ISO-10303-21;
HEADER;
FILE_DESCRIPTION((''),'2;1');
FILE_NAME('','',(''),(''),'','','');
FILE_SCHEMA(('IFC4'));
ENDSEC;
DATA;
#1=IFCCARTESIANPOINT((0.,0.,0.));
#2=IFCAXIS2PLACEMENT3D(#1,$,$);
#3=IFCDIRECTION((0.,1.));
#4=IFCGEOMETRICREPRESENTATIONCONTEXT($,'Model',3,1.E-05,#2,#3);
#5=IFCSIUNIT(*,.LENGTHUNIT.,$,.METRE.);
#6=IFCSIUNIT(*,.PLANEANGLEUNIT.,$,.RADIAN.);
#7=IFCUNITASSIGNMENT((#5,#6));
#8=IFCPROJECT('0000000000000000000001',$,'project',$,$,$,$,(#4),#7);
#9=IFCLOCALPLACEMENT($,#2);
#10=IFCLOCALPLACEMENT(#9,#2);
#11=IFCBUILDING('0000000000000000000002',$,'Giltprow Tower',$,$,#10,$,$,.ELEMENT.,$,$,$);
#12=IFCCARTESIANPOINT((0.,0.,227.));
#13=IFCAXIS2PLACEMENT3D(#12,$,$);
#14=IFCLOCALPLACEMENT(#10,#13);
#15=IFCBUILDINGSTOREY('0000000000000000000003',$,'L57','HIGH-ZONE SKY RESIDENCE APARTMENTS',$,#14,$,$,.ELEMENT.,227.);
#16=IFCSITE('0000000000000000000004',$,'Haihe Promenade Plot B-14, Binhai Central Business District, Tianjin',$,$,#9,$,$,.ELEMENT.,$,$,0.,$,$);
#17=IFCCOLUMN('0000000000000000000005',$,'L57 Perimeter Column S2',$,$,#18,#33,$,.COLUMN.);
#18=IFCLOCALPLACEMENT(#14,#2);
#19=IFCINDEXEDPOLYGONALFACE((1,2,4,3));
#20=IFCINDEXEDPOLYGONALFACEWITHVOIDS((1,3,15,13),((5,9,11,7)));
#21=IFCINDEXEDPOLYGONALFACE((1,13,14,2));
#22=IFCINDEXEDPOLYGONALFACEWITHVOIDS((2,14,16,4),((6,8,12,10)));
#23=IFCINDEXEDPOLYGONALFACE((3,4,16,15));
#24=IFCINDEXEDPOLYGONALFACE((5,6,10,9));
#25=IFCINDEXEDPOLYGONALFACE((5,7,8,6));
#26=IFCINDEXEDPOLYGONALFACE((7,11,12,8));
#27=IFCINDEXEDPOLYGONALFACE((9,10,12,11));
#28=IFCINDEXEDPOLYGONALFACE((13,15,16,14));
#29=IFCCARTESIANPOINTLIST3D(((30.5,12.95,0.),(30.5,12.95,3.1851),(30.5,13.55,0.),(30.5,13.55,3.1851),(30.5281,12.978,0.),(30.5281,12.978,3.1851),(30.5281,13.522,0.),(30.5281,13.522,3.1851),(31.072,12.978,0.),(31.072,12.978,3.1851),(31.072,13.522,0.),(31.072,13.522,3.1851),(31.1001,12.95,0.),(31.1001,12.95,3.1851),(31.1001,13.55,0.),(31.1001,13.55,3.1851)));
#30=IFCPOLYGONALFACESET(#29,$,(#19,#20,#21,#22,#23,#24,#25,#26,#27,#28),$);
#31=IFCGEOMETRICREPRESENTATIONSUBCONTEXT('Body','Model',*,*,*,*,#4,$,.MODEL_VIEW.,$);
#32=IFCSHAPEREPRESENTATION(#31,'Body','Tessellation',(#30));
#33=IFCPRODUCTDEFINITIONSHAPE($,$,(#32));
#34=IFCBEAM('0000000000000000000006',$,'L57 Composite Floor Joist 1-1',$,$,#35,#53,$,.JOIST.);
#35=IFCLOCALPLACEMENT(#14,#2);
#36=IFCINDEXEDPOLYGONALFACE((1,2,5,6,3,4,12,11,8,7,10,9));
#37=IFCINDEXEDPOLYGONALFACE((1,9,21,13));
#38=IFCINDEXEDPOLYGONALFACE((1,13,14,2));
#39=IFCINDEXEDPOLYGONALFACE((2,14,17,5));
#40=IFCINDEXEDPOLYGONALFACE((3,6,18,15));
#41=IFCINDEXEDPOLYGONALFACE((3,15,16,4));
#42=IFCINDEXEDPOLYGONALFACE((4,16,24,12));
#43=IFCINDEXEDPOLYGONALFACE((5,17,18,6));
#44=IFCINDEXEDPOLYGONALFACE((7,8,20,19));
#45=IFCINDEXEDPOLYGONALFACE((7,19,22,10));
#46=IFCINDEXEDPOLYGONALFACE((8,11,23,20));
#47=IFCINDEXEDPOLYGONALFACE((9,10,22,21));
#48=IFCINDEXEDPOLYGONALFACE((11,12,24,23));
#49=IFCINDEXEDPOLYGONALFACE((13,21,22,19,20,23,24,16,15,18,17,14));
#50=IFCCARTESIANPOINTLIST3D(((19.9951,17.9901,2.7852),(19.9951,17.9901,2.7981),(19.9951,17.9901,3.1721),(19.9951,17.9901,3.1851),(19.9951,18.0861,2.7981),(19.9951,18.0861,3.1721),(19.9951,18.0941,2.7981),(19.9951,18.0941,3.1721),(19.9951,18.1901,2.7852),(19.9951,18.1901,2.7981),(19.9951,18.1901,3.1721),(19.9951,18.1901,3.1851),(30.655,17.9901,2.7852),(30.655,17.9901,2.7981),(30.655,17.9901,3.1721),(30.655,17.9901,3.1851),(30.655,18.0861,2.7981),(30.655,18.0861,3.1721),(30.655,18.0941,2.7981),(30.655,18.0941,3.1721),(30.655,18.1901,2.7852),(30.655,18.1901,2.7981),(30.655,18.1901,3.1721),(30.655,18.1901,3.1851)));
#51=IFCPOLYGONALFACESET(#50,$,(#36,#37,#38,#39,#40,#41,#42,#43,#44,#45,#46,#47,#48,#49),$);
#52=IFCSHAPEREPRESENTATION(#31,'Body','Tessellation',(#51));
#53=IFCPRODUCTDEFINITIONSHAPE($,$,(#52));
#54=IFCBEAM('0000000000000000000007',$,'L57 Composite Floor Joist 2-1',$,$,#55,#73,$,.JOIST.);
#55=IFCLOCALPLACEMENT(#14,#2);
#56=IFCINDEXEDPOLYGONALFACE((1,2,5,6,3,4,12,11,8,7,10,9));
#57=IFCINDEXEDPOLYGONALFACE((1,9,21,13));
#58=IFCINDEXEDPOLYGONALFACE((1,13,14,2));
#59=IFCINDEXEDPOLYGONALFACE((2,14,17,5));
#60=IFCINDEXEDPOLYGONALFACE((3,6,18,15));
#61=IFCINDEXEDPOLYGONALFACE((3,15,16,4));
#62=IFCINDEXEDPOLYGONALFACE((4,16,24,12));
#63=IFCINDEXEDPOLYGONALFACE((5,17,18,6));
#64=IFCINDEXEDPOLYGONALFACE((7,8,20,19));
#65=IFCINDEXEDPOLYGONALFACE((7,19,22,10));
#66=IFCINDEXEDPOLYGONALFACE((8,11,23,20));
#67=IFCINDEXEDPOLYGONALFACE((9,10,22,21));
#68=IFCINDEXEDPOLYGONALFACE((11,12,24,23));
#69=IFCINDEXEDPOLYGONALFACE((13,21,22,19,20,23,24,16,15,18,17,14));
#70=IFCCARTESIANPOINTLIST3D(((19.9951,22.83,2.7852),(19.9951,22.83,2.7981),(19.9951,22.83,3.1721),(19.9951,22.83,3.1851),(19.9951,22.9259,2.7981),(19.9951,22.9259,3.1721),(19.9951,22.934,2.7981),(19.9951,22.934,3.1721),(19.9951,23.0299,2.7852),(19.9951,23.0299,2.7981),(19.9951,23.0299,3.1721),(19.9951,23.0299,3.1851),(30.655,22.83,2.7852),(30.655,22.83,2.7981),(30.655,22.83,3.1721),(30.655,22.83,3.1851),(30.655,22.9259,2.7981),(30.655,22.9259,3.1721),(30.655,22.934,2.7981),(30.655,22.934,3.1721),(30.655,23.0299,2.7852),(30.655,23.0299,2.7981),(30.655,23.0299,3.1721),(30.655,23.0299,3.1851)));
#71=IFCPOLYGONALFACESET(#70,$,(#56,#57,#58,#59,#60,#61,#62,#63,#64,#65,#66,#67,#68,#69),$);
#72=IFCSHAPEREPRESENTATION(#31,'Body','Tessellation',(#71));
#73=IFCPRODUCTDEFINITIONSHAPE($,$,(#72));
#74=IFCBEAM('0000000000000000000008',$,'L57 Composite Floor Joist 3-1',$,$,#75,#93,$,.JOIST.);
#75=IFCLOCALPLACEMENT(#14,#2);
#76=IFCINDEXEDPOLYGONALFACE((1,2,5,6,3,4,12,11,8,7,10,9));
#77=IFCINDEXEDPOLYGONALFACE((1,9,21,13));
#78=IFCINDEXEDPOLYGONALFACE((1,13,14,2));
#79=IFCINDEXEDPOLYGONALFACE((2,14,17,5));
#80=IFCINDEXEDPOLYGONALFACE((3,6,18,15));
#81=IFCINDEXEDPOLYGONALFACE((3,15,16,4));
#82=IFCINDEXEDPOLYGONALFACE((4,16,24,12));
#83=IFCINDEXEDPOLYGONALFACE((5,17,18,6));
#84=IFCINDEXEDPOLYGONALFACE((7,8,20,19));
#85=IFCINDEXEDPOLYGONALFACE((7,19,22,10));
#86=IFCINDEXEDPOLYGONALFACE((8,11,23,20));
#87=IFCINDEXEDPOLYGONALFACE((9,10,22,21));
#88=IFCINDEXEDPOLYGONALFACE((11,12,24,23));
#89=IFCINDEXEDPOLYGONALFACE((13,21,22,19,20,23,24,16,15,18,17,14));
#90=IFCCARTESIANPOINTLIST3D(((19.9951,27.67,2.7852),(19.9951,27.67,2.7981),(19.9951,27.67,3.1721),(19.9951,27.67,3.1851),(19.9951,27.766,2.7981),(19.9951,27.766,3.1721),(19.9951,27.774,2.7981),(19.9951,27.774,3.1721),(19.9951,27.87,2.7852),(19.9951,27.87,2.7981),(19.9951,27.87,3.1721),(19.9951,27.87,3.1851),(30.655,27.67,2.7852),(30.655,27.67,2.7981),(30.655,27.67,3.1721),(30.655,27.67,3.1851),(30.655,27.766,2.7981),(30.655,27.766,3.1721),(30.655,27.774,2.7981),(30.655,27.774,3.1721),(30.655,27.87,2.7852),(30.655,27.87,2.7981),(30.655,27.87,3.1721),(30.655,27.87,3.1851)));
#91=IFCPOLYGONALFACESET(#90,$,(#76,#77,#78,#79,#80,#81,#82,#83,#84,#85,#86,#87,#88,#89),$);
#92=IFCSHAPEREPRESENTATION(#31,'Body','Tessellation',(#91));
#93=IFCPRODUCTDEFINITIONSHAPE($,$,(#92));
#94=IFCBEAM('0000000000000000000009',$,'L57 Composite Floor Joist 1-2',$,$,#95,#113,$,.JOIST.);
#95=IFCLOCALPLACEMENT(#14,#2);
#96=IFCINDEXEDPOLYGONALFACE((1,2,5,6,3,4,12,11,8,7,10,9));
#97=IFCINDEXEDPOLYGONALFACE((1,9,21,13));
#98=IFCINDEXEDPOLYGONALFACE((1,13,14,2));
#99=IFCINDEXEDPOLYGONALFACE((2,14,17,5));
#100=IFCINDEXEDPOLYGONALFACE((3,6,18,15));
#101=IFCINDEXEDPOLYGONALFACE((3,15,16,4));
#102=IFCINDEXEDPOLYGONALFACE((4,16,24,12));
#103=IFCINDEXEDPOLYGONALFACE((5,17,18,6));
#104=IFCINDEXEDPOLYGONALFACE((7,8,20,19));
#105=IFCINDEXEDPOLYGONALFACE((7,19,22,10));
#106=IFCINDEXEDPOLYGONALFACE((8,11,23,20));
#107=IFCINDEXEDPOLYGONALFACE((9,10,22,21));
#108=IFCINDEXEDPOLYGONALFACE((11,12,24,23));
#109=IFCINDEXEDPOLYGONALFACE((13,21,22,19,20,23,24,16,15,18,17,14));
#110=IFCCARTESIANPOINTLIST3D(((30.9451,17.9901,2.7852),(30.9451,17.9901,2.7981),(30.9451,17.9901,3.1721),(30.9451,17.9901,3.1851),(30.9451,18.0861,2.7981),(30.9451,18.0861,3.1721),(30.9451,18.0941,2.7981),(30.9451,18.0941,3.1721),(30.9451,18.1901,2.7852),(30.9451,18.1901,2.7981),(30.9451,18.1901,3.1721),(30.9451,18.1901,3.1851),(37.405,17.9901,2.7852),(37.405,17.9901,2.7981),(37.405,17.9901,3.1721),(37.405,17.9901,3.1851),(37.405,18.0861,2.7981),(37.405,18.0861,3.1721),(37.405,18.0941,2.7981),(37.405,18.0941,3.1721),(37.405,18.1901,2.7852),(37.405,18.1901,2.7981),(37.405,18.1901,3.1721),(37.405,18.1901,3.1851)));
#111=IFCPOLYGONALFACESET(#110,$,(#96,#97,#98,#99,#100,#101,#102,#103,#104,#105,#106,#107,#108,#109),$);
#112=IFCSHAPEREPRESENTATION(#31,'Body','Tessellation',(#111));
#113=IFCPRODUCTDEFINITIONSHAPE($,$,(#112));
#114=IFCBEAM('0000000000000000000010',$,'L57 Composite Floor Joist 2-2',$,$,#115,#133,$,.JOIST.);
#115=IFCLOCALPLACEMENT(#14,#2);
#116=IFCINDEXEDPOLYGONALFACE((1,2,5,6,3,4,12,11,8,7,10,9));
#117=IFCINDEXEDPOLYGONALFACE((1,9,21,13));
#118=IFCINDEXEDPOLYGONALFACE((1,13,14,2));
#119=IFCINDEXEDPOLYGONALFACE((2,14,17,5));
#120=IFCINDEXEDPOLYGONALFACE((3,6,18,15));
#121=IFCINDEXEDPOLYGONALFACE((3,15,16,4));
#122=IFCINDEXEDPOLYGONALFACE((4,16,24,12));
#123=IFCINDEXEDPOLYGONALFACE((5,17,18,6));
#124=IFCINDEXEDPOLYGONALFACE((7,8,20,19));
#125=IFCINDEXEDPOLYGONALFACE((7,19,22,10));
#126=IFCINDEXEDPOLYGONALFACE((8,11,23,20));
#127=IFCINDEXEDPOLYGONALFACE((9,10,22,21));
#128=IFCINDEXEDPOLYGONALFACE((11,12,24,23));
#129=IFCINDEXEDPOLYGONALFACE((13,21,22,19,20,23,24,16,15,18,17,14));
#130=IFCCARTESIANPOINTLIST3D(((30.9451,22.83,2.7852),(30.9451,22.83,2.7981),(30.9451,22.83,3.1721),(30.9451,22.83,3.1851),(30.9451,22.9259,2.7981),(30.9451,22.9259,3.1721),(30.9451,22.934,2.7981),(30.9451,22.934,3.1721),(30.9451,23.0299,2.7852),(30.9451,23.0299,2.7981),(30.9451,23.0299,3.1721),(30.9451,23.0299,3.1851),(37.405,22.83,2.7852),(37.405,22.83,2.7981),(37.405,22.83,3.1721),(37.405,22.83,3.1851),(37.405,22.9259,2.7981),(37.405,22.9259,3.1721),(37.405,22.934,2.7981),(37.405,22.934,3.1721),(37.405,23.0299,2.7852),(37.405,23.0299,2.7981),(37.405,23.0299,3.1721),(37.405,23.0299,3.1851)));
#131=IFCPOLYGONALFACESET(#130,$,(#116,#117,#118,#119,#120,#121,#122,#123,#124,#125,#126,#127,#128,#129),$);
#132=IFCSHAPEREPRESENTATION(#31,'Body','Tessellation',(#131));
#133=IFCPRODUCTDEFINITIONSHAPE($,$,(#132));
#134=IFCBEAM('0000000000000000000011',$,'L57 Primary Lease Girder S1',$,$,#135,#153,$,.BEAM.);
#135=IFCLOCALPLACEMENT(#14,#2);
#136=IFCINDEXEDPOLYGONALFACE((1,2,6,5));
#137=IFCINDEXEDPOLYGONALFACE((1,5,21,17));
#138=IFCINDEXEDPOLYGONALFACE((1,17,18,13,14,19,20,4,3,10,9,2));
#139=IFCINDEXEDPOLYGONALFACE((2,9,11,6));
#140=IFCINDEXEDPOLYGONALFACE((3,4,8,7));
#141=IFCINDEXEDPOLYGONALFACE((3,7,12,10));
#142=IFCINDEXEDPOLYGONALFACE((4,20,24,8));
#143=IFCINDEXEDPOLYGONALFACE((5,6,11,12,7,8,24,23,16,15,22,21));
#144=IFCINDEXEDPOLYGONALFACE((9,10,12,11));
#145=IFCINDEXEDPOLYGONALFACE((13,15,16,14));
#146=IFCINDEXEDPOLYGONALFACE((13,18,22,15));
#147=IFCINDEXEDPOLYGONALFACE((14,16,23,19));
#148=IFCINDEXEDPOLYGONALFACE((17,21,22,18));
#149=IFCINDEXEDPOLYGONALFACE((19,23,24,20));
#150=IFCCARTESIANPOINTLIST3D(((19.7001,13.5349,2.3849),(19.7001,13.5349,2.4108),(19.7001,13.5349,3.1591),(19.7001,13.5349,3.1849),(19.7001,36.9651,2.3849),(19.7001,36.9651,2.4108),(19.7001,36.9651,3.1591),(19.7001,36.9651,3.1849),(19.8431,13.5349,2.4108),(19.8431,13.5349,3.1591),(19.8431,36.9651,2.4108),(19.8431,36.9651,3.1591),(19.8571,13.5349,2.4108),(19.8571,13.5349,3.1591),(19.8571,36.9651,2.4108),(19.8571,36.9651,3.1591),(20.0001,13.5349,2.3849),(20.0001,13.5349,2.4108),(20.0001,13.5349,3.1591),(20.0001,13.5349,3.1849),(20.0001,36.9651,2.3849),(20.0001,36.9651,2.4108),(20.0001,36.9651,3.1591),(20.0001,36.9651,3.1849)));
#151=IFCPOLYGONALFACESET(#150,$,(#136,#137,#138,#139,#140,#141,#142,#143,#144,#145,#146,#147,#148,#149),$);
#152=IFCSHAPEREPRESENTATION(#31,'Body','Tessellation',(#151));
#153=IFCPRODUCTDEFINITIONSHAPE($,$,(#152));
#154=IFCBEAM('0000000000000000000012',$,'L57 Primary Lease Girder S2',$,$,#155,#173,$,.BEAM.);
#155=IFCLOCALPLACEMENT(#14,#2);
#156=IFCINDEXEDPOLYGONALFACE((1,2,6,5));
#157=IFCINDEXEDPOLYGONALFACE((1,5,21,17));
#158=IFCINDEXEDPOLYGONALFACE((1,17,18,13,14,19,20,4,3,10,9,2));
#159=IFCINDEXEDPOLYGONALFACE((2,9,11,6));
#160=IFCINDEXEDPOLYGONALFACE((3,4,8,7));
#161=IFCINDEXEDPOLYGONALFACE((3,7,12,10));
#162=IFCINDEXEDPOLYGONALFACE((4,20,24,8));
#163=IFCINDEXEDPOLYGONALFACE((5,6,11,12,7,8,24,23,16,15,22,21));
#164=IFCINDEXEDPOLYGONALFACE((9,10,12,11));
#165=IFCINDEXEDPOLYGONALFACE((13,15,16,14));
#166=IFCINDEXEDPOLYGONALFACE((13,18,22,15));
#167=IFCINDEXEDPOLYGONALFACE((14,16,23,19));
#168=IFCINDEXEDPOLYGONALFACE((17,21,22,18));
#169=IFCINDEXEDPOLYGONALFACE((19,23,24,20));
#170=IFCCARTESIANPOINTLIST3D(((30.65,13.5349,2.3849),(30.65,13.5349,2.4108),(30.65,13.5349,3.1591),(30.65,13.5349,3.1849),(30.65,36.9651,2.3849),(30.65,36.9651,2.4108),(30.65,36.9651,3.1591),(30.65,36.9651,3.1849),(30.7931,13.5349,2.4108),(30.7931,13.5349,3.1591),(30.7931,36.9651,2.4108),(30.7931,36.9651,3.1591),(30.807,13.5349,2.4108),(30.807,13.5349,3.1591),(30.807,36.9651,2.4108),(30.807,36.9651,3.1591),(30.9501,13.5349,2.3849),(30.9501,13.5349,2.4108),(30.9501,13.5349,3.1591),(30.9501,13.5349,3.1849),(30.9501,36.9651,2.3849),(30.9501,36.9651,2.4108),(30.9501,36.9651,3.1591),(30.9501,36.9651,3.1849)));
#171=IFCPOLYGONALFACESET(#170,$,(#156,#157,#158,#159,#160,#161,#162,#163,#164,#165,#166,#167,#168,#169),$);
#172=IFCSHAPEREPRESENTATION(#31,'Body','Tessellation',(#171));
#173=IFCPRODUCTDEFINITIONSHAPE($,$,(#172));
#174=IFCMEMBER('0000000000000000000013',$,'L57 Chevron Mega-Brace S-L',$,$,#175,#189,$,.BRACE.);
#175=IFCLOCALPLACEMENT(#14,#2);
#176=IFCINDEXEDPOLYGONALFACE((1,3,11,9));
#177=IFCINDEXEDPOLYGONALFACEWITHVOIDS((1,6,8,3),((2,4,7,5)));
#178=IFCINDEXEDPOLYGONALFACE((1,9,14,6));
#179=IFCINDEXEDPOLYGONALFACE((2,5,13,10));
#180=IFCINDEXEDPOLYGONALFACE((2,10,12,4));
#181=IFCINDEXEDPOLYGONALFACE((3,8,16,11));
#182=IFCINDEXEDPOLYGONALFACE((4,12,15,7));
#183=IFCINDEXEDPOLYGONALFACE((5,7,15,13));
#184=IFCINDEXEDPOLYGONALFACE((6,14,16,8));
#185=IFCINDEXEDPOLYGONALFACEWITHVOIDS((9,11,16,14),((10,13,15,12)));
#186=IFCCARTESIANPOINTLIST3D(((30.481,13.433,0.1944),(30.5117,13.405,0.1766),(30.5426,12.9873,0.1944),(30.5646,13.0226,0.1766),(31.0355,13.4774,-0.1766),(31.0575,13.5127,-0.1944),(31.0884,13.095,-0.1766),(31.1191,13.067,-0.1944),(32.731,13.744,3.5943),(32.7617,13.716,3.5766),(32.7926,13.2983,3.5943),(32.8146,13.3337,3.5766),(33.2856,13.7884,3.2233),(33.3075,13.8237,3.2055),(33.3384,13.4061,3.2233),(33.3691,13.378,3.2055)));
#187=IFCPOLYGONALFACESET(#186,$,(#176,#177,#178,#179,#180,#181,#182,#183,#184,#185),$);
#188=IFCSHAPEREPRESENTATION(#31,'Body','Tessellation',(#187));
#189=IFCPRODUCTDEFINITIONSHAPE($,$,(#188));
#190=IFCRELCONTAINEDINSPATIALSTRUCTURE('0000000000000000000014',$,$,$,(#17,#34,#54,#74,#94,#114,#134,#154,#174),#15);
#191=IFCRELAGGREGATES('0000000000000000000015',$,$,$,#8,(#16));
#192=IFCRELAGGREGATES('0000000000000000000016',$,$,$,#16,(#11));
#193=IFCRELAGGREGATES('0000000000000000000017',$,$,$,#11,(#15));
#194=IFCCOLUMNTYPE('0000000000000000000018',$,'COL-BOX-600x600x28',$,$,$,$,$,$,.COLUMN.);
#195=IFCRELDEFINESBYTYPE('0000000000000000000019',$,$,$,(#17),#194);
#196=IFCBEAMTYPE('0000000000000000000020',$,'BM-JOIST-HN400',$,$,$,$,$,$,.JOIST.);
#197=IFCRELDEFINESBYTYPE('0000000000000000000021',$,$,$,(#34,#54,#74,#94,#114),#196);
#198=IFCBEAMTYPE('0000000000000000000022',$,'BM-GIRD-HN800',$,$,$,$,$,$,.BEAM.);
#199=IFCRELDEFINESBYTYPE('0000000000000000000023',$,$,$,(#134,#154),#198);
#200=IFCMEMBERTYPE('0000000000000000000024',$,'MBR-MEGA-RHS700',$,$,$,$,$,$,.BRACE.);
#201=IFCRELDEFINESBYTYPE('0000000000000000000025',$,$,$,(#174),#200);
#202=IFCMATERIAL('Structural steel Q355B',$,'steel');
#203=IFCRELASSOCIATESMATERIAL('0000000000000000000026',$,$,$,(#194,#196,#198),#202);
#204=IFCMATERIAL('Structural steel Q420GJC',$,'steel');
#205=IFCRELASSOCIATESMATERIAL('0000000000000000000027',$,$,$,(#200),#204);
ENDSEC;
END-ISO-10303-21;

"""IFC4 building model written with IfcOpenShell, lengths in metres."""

from ifc_helpers import new_model, si_unit, direction, frame, origin, origin_2d, place, context, subcontext, project, spatial, hollow_rectangle, i_section, extrude, source, transform, mapped, material, material_profile, profile_set, type_object, element, save


model = new_model("IFC4")

# Units and contexts
model_context = context("Model", 3, precision=1e-05, world=origin(), true_north=direction((0.0, 1.0)))
body_context = subcontext(model_context, "Body", "Model", "MODEL_VIEW")
ifc_project = project(units=[si_unit("LENGTHUNIT", "METRE"), si_unit("PLANEANGLEUNIT", "RADIAN")], contexts=[model_context])

# Site, building, storey
site_placement = place(None, origin())
site = spatial("IfcSite", under=ifc_project, at=site_placement, Name="Haihe Promenade Plot B-14, Binhai Central Business District, Tianjin", CompositionType="ELEMENT", RefElevation=0.0)
building_placement = place(site_placement, origin())
building = spatial("IfcBuilding", under=site, at=building_placement, Name="Giltprow Tower", CompositionType="ELEMENT")
storey_placement = place(building_placement, frame((0.0, 0.0, 227.0)))
storey = spatial("IfcBuildingStorey", under=building, at=storey_placement, Name="L57", Description="HIGH-ZONE SKY RESIDENCE APARTMENTS", CompositionType="ELEMENT", Elevation=227.0)

# Column
ifc_material_1 = material(Name="Structural steel Q355B", Category="steel")
ifc_material_profile_1 = material_profile(ifc_material_1, hollow_rectangle(XDim=0.6001, YDim=0.6001, WallThickness=0.0281, at=origin_2d()), Name="BOX 600x600x28")
ifc_profile_set_1 = profile_set([ifc_material_profile_1], Name="Structural steel Q355B")
column_type = type_object("IfcColumnType", Name="COL-BOX-600x600x28", PredefinedType="COLUMN", material=ifc_profile_set_1)
shared_shape_1 = source(origin(), body_context, "Body", "SweptSolid", [
    extrude(hollow_rectangle(XDim=0.6001, YDim=0.6001, WallThickness=0.0281, at=origin_2d()), origin(), (0.0, 0.0, 1.0), 3.1851),
])
column_placement = place(storey_placement, frame((30.8, 13.25, 0.0), z_axis=(0.0, 0.0, 1.0), x_axis=(1.0, 0.0, 0.0)))
element("IfcColumn", 1, at=column_placement, inside=storey, type_object=column_type, Name="L57 Perimeter Column S2", PredefinedType="COLUMN", context=body_context, shape_type="MappedRepresentation", body=[
    mapped(shared_shape_1, transform((0.0, 0.0, 0.0), x_axis=(1.0, 0.0, 0.0), y_axis=(0.0, 1.0, 0.0), z_axis=(0.0, 0.0, 1.0), scale=1.0)),
])

# Beams
ifc_material_profile_2 = material_profile(ifc_material_1, i_section(OverallWidth=0.2, OverallDepth=0.3999, WebThickness=0.0081, FlangeThickness=0.0129, at=origin_2d()), Name="HN 400x200x8x13")
ifc_profile_set_2 = profile_set([ifc_material_profile_2], Name="Structural steel Q355B")
beam_type_1 = type_object("IfcBeamType", Name="BM-JOIST-HN400", PredefinedType="JOIST", material=ifc_profile_set_2)
shared_shape_2 = source(origin(), body_context, "Body", "SweptSolid", [
    extrude(i_section(OverallWidth=0.2, OverallDepth=0.3999, WebThickness=0.0081, FlangeThickness=0.0129, at=origin_2d()), origin(), (0.0, 0.0, 1.0), 10.6599),
])
for number, where, z_axis, x_axis, name in (
    (2, (19.9951, 18.0901, 2.9851), (1.0, 0.0, 0.0), (0.0, 1.0, 0.0), "L57 Composite Floor Joist 1-1"),
    (3, (19.9951, 22.9299, 2.9851), (1.0, 0.0, 0.0), (0.0, 1.0, 0.0), "L57 Composite Floor Joist 2-1"),
    (4, (19.9951, 27.77, 2.9851), (1.0, 0.0, 0.0), (0.0, 1.0, 0.0), "L57 Composite Floor Joist 3-1"),
):
    element("IfcBeam", number, at=place(storey_placement, frame(where, z_axis=z_axis, x_axis=x_axis)), inside=storey, type_object=beam_type_1, Name=name, PredefinedType="JOIST", context=body_context, shape_type="MappedRepresentation", body=[
        mapped(shared_shape_2, transform((0.0, 0.0, 0.0), x_axis=(1.0, 0.0, 0.0), y_axis=(0.0, 1.0, 0.0), z_axis=(0.0, 0.0, 1.0), scale=1.0)),
    ])
shared_shape_3 = source(origin(), body_context, "Body", "SweptSolid", [
    extrude(i_section(OverallWidth=0.2, OverallDepth=0.3999, WebThickness=0.0081, FlangeThickness=0.0129, at=origin_2d()), origin(), (0.0, 0.0, 1.0), 6.46),
])
for number, where, z_axis, x_axis, name in (
    (5, (30.9451, 18.0901, 2.9851), (1.0, 0.0, 0.0), (0.0, 1.0, 0.0), "L57 Composite Floor Joist 1-2"),
    (6, (30.9451, 22.9299, 2.9851), (1.0, 0.0, 0.0), (0.0, 1.0, 0.0), "L57 Composite Floor Joist 2-2"),
):
    element("IfcBeam", number, at=place(storey_placement, frame(where, z_axis=z_axis, x_axis=x_axis)), inside=storey, type_object=beam_type_1, Name=name, PredefinedType="JOIST", context=body_context, shape_type="MappedRepresentation", body=[
        mapped(shared_shape_3, transform((0.0, 0.0, 0.0), x_axis=(1.0, 0.0, 0.0), y_axis=(0.0, 1.0, 0.0), z_axis=(0.0, 0.0, 1.0), scale=1.0)),
    ])
ifc_material_profile_3 = material_profile(ifc_material_1, i_section(OverallWidth=0.3, OverallDepth=0.8, WebThickness=0.0139, FlangeThickness=0.0259, at=origin_2d()), Name="HN 800x300x14x26")
ifc_profile_set_3 = profile_set([ifc_material_profile_3], Name="Structural steel Q355B")
beam_type_2 = type_object("IfcBeamType", Name="BM-GIRD-HN800", PredefinedType="BEAM", material=ifc_profile_set_3)
shared_shape_4 = source(origin(), body_context, "Body", "SweptSolid", [
    extrude(i_section(OverallWidth=0.3, OverallDepth=0.8, WebThickness=0.0139, FlangeThickness=0.0259, at=origin_2d()), origin(), (0.0, 0.0, 1.0), 23.4302),
])
for number, where, z_axis, x_axis, name in (
    (7, (19.8501, 13.5349, 2.7849), (0.0, 1.0, 0.0), (-1.0, 0.0, 0.0), "L57 Primary Lease Girder S1"),
    (8, (30.8, 13.5349, 2.7849), (0.0, 1.0, 0.0), (-1.0, 0.0, 0.0), "L57 Primary Lease Girder S2"),
):
    element("IfcBeam", number, at=place(storey_placement, frame(where, z_axis=z_axis, x_axis=x_axis)), inside=storey, type_object=beam_type_2, Name=name, PredefinedType="BEAM", context=body_context, shape_type="MappedRepresentation", body=[
        mapped(shared_shape_4, transform((0.0, 0.0, 0.0), x_axis=(1.0, 0.0, 0.0), y_axis=(0.0, 1.0, 0.0), z_axis=(0.0, 0.0, 1.0), scale=1.0)),
    ])

# Member
ifc_material_2 = material(Name="Structural steel Q420GJC", Category="steel")
ifc_material_profile_4 = material_profile(ifc_material_2, hollow_rectangle(XDim=0.45, YDim=0.7, WallThickness=0.032, at=origin_2d()), Name="RHS 700x450x32")
ifc_profile_set_4 = profile_set([ifc_material_profile_4], Name="Structural steel Q420GJC")
member_type = type_object("IfcMemberType", Name="MBR-MEGA-RHS700", PredefinedType="BRACE", material=ifc_profile_set_4)
shared_shape_5 = source(origin(), body_context, "Body", "SweptSolid", [
    extrude(hollow_rectangle(XDim=0.45, YDim=0.7, WallThickness=0.032, at=origin_2d()), origin(), (0.0, 0.0, 1.0), 4.0889),
])
member_placement = place(storey_placement, frame((30.8, 13.25, 0.0), z_axis=(0.550279, 0.076069, 0.831509), x_axis=(-0.136936, 0.99058, 0.0)))
element("IfcMember", 9, at=member_placement, inside=storey, type_object=member_type, Name="L57 Chevron Mega-Brace S-L", PredefinedType="BRACE", context=body_context, shape_type="MappedRepresentation", body=[
    mapped(shared_shape_5, transform((0.0, 0.0, 0.0), x_axis=(1.0, 0.0, 0.0), y_axis=(0.0, 1.0, 0.0), z_axis=(0.0, 0.0, 1.0), scale=1.0)),
])

save(model, "model.ifc")
